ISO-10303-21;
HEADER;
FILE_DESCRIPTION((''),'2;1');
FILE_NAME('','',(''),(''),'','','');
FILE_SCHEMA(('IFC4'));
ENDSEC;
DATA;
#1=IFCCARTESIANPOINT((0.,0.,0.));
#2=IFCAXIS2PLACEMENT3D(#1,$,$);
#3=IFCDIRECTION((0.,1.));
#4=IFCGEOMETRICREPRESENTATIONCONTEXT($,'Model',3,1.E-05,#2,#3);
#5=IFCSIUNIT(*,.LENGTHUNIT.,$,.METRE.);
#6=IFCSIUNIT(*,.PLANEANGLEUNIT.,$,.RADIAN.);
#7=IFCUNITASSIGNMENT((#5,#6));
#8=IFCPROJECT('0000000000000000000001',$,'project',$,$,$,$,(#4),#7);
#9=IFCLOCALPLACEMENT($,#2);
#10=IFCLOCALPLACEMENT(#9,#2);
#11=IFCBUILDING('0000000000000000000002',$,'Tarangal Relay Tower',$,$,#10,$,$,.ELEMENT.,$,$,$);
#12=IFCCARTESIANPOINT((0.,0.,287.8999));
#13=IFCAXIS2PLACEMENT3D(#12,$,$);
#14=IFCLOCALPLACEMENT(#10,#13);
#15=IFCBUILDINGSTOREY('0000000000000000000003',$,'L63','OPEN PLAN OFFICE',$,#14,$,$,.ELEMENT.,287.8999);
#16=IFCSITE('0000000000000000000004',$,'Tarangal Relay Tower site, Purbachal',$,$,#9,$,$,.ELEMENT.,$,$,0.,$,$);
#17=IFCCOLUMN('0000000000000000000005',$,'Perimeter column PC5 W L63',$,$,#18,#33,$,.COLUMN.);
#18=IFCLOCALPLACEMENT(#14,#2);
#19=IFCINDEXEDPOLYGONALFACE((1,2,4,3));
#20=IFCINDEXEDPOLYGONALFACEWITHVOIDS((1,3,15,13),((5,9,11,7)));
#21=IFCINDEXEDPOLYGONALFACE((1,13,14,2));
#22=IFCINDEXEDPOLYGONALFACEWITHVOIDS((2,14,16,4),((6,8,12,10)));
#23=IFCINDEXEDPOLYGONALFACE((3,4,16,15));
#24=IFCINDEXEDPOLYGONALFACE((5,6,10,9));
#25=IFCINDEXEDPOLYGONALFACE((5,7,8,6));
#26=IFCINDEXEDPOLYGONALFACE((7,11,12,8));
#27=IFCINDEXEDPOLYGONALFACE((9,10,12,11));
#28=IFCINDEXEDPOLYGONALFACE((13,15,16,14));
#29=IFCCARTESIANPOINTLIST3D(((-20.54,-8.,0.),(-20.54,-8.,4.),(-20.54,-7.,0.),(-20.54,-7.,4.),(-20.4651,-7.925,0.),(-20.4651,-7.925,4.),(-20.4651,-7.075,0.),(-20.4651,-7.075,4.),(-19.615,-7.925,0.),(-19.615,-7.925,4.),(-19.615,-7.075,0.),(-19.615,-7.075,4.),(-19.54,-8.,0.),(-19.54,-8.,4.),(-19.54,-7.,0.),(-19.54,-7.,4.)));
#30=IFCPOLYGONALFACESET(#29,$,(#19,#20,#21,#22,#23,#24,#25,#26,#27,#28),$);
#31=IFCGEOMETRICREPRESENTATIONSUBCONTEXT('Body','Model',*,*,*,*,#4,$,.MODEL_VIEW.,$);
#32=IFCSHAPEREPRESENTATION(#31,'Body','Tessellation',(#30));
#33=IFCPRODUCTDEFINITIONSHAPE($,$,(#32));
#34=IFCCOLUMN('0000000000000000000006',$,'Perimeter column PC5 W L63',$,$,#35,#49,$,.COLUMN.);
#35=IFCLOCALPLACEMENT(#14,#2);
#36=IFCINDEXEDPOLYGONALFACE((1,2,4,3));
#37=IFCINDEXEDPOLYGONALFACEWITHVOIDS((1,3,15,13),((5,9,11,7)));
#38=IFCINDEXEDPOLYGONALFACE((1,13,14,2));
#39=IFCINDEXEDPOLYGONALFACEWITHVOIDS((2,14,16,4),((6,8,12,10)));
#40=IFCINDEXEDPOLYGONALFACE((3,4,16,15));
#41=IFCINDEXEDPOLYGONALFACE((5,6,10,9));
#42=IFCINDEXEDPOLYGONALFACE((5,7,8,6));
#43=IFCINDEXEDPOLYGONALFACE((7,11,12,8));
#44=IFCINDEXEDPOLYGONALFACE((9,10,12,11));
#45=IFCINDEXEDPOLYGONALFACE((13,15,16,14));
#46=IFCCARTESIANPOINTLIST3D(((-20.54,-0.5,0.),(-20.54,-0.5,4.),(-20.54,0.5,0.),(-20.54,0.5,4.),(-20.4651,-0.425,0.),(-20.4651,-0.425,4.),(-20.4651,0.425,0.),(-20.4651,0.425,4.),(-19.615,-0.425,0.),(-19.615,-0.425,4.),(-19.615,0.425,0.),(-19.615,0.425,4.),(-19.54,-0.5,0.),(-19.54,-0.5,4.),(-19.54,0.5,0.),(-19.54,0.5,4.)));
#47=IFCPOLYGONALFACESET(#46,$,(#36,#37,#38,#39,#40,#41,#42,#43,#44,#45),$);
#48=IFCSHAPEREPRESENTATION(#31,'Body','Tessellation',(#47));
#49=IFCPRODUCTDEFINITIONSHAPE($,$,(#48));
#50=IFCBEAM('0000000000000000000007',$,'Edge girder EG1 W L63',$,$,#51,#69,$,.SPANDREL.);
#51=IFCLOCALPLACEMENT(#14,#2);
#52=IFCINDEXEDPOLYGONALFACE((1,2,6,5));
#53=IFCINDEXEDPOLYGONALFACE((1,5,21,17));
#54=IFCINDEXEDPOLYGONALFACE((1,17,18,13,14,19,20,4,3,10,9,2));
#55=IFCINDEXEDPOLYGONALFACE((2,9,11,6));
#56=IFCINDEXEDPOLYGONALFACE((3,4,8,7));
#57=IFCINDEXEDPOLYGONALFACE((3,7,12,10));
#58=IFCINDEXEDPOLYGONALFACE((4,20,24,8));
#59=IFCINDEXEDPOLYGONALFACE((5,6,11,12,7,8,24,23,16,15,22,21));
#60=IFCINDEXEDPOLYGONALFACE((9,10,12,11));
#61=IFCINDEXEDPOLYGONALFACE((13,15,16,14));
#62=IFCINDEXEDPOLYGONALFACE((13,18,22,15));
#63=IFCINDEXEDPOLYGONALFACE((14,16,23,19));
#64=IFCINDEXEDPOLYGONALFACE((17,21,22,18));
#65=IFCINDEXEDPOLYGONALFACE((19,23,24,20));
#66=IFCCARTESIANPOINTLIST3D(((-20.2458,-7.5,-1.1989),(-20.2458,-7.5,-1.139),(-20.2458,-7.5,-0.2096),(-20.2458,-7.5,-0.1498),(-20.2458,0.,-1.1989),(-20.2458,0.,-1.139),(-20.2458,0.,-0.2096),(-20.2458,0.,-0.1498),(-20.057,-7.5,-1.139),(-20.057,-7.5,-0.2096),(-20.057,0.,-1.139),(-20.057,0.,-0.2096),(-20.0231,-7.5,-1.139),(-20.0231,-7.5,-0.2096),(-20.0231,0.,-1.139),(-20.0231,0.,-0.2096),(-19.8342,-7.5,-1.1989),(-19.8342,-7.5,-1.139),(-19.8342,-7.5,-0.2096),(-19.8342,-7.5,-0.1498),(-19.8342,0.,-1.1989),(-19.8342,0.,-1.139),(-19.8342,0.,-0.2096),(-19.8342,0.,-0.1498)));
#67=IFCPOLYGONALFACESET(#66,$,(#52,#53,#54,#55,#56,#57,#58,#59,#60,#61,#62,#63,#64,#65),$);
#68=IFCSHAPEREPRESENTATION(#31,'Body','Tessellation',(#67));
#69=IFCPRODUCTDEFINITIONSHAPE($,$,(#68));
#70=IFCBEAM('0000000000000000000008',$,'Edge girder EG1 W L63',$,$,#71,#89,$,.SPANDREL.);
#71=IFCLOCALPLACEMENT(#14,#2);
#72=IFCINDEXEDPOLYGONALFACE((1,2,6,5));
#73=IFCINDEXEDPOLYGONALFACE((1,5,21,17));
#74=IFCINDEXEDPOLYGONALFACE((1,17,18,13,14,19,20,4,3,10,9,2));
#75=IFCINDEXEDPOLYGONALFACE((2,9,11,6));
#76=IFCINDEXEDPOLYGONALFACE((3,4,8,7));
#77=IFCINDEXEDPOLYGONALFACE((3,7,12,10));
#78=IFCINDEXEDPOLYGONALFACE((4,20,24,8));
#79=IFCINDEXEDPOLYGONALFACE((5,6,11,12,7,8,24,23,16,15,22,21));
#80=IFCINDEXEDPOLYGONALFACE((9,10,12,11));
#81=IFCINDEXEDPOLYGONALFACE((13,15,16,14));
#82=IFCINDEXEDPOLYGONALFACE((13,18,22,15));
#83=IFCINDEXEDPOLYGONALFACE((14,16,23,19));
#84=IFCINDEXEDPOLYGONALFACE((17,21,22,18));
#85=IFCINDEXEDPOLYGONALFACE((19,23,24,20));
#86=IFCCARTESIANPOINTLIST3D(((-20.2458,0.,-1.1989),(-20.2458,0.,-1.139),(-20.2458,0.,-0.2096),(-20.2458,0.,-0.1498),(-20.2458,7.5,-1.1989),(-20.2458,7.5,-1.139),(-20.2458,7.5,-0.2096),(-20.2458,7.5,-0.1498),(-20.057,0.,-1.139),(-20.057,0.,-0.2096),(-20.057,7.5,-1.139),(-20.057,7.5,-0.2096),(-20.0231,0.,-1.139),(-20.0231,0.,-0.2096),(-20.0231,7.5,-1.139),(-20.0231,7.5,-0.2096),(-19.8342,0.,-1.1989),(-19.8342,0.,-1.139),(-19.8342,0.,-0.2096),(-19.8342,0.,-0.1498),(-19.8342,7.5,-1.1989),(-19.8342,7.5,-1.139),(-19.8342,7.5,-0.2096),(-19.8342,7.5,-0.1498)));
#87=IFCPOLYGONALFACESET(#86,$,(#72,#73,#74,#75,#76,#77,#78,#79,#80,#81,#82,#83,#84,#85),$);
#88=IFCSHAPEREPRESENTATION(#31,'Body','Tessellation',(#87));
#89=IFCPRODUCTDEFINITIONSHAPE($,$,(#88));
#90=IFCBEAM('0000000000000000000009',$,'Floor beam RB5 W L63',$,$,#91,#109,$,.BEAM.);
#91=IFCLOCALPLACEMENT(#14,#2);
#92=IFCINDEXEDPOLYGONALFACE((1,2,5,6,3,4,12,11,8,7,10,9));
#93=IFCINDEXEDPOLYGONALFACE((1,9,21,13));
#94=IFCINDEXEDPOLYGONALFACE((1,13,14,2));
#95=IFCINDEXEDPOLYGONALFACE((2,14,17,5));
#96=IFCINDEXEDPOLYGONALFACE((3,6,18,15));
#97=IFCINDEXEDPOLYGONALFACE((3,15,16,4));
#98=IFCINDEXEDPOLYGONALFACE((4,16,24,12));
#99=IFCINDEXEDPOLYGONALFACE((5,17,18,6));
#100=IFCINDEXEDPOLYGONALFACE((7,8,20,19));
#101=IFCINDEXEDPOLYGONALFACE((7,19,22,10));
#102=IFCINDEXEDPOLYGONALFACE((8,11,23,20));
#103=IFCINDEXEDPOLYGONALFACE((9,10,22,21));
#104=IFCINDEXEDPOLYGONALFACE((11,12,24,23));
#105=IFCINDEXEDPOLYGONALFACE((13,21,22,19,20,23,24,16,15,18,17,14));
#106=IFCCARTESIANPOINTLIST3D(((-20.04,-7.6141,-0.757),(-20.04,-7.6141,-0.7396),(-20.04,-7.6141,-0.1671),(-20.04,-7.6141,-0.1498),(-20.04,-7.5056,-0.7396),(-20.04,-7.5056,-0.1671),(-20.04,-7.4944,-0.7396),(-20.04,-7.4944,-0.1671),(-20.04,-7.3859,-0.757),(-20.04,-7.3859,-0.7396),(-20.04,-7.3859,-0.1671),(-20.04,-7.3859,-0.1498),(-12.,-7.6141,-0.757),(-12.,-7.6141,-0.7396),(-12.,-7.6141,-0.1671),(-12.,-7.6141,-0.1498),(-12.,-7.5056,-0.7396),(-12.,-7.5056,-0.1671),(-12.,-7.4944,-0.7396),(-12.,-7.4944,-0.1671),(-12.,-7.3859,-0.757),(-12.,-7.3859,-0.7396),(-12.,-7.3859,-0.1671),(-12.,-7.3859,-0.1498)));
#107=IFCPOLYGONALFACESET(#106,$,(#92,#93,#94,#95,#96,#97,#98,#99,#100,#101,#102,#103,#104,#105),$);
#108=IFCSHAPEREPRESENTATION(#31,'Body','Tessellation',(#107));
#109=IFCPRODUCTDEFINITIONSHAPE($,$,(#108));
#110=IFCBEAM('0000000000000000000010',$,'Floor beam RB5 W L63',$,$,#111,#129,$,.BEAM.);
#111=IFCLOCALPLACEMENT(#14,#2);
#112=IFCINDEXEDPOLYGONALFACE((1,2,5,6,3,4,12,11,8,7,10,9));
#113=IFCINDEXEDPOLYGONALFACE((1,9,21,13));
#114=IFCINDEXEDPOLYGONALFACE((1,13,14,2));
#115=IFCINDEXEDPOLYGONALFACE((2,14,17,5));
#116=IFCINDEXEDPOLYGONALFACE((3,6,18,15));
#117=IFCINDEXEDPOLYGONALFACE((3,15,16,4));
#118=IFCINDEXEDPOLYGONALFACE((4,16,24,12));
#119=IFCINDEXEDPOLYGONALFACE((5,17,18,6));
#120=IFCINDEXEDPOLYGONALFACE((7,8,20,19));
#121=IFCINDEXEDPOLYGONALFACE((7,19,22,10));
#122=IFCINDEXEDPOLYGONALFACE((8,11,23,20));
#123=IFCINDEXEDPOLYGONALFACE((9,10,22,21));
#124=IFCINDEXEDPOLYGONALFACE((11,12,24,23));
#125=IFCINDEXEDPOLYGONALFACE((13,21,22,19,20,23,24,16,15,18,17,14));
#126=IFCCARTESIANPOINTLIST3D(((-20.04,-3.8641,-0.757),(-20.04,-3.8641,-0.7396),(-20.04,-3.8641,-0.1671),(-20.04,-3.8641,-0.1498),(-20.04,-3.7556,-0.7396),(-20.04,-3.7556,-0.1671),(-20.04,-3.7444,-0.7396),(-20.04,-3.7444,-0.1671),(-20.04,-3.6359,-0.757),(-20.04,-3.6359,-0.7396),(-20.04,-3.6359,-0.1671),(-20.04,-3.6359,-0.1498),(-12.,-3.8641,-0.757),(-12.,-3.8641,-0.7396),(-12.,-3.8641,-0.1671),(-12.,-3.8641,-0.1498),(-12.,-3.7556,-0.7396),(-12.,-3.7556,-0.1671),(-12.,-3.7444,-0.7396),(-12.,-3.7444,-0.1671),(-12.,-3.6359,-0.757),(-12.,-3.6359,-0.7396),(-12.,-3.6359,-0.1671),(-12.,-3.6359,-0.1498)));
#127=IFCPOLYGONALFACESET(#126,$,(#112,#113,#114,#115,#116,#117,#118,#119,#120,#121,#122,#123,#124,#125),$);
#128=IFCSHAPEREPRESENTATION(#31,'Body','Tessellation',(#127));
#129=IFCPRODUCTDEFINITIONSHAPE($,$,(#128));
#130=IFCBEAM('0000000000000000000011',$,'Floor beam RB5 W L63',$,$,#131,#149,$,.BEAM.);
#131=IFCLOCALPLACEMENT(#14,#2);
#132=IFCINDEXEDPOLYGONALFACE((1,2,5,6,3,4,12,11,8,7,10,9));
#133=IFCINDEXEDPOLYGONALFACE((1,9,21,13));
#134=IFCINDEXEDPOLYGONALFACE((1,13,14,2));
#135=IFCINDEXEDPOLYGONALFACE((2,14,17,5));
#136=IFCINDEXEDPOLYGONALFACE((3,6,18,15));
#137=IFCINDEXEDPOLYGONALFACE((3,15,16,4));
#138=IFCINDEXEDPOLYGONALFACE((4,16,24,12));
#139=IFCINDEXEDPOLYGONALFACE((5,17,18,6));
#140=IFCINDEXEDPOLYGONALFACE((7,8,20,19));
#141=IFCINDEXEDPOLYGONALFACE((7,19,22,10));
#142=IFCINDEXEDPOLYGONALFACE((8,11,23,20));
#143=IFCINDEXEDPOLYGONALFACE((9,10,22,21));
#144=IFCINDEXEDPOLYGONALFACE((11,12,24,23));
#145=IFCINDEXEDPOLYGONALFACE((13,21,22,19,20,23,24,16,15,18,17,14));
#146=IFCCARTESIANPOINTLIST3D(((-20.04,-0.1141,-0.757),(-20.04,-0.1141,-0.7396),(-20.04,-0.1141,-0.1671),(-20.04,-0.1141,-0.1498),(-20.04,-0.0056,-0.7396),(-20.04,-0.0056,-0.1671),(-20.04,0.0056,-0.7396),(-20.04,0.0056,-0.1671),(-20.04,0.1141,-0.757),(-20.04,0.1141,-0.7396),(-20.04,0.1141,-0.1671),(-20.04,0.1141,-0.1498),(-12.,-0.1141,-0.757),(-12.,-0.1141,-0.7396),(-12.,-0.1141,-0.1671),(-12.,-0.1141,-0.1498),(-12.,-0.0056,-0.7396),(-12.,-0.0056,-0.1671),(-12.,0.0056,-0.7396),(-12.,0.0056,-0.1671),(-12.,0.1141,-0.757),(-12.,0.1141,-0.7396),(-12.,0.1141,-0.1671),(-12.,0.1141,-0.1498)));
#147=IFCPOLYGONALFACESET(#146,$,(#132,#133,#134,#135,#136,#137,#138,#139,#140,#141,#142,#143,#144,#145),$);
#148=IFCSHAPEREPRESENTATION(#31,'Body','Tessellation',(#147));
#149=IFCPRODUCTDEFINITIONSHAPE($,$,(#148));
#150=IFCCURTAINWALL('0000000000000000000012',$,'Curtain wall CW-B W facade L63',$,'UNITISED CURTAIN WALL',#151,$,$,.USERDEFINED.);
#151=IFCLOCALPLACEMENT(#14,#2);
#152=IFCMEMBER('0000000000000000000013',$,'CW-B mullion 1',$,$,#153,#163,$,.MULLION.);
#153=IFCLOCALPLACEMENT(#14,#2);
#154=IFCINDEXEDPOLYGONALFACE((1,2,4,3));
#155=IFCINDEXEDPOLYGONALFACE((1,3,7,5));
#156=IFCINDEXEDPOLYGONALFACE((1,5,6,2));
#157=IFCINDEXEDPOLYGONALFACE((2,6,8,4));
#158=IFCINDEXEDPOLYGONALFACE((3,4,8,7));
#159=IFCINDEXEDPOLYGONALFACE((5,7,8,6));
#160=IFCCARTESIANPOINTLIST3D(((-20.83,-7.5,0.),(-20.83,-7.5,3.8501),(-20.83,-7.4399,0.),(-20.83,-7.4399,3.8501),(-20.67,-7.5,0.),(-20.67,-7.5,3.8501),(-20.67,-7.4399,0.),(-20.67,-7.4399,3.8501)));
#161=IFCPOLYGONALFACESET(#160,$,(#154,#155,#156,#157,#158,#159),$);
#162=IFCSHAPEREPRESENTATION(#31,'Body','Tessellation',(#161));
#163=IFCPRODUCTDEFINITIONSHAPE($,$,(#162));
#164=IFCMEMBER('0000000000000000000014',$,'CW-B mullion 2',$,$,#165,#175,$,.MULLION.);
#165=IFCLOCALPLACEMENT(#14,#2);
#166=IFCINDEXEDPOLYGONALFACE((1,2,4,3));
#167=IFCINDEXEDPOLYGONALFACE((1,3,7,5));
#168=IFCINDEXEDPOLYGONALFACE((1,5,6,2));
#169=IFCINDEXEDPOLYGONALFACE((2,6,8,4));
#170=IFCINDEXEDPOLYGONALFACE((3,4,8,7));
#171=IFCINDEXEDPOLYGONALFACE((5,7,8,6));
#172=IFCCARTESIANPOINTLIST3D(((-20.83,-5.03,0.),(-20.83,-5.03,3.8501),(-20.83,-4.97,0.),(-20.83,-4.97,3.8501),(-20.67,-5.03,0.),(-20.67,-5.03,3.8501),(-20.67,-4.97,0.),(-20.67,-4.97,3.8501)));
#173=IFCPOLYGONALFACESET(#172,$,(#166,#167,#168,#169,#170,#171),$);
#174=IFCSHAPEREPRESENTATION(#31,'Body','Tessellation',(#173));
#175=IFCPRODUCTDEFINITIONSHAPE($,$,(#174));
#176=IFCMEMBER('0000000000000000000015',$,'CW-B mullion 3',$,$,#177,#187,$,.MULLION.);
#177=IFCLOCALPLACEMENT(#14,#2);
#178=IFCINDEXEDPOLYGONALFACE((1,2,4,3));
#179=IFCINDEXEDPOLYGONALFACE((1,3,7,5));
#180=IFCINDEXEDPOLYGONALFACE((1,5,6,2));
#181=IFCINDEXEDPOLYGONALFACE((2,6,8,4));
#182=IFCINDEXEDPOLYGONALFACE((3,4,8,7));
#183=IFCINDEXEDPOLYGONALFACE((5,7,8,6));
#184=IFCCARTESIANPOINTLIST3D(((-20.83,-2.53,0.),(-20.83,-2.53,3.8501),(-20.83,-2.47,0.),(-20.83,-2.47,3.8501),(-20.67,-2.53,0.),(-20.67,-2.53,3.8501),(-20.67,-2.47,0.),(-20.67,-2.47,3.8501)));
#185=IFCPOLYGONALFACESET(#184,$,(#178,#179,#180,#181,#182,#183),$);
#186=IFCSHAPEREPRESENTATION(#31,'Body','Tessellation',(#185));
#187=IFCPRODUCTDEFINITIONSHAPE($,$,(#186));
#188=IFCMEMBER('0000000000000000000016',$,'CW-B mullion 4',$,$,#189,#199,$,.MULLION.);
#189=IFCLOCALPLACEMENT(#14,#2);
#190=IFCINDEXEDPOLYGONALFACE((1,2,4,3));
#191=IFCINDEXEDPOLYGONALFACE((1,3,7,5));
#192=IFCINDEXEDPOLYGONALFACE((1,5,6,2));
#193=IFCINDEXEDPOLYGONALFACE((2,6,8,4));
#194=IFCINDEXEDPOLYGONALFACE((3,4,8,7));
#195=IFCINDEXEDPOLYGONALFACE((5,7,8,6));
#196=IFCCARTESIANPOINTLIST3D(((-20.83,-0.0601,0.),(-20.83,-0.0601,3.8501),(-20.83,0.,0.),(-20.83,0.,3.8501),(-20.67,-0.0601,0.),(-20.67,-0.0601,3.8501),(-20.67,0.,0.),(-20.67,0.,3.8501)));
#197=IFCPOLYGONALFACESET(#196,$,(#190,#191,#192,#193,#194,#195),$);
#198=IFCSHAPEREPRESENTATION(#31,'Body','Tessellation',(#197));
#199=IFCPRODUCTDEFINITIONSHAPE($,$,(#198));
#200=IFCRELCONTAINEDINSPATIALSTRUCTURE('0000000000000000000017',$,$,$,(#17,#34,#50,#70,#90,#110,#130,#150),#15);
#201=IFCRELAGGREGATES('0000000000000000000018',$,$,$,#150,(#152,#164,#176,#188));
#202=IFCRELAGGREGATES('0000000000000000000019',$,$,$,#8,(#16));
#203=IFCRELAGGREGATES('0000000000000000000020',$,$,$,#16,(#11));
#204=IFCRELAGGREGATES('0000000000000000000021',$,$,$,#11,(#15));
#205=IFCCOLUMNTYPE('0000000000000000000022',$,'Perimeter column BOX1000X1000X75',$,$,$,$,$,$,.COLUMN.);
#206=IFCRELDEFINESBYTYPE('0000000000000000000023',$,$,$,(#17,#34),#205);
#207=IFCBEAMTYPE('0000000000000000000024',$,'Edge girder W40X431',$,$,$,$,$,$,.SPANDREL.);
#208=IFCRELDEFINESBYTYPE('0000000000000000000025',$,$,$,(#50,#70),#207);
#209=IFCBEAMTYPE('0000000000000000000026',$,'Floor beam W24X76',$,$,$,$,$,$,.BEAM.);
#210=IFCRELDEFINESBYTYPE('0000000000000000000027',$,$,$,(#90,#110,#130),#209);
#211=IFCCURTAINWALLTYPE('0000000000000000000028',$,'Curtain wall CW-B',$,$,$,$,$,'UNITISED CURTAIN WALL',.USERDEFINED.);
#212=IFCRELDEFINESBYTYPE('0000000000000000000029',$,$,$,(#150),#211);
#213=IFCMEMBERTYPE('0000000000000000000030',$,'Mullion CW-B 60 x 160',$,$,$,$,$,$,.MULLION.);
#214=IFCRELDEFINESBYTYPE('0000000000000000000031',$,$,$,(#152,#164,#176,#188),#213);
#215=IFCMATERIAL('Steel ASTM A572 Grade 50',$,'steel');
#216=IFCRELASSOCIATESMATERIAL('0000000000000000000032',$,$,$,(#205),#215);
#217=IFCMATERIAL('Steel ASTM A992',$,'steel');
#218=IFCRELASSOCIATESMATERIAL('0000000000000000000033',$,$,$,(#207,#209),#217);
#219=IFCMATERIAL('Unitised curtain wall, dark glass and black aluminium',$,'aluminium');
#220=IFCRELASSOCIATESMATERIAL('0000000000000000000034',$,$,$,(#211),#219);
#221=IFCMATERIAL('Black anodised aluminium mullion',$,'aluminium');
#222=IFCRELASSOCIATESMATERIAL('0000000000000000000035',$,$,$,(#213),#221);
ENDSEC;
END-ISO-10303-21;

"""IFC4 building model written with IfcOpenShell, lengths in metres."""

from ifc_helpers import new_model, si_unit, direction, frame, origin, origin_2d, place, context, subcontext, project, spatial, rectangle, hollow_rectangle, i_section, extrude, material, material_profile, profile_set, type_object, element, aggregate, save


model = new_model("IFC4")

# Units and contexts
model_context = context("Model", 3, precision=1e-05, world=origin(), true_north=direction((0.0, 1.0)))
body_context = subcontext(model_context, "Body", "Model", "MODEL_VIEW")
ifc_project = project(units=[si_unit("LENGTHUNIT", "METRE"), si_unit("PLANEANGLEUNIT", "RADIAN")], contexts=[model_context])

# Site, building, storey
site_placement = place(None, origin())
site = spatial("IfcSite", under=ifc_project, at=site_placement, Name="Tarangal Relay Tower site, Purbachal", CompositionType="ELEMENT", RefElevation=0.0)
building_placement = place(site_placement, origin())
building = spatial("IfcBuilding", under=site, at=building_placement, Name="Tarangal Relay Tower", CompositionType="ELEMENT")
storey_placement = place(building_placement, frame((0.0, 0.0, 287.8999)))
storey = spatial("IfcBuildingStorey", under=building, at=storey_placement, Name="L63", Description="OPEN PLAN OFFICE", CompositionType="ELEMENT", Elevation=287.8999)

# Columns
ifc_material_1 = material(Name="Steel ASTM A572 Grade 50", Category="steel")
ifc_material_profile_1 = material_profile(ifc_material_1, hollow_rectangle(XDim=1.0, YDim=1.0, WallThickness=0.075, at=origin_2d()), Name="BOX1000X1000X75")
ifc_profile_set_1 = profile_set([ifc_material_profile_1], Name="Steel ASTM A572 Grade 50")
column_type = type_object("IfcColumnType", Name="Perimeter column BOX1000X1000X75", PredefinedType="COLUMN", material=ifc_profile_set_1)
for number, where, z_axis, x_axis, name in (
    (1, (-20.04, -7.5, 0.0), (0.0, 0.0, 1.0), (1.0, 0.0, 0.0), "Perimeter column PC5 W L63"),
    (2, (-20.04, 0.0, 0.0), (0.0, 0.0, 1.0), (1.0, 0.0, 0.0), "Perimeter column PC5 W L63"),
):
    element("IfcColumn", number, at=place(storey_placement, frame(where, z_axis=z_axis, x_axis=x_axis)), inside=storey, type_object=column_type, Name=name, PredefinedType="COLUMN", context=body_context, shape_type="SweptSolid", body=[
        extrude(hollow_rectangle(XDim=1.0, YDim=1.0, WallThickness=0.075, at=origin_2d()), origin(), (0.0, 0.0, 1.0), 4.0),
    ])

# Beams
ifc_material_2 = material(Name="Steel ASTM A992", Category="steel")
ifc_material_profile_2 = material_profile(ifc_material_2, i_section(OverallWidth=0.4116, OverallDepth=1.0491, WebThickness=0.0339, FlangeThickness=0.0598, at=origin_2d()), Name="W40X431")
ifc_profile_set_2 = profile_set([ifc_material_profile_2], Name="Steel ASTM A992")
beam_type_1 = type_object("IfcBeamType", Name="Edge girder W40X431", PredefinedType="SPANDREL", material=ifc_profile_set_2)
for number, where, z_axis, x_axis, name in (
    (3, (-20.04, -7.5, -0.6743), (0.0, 1.0, 0.0), (-1.0, 0.0, 0.0), "Edge girder EG1 W L63"),
    (4, (-20.04, 0.0, -0.6743), (0.0, 1.0, 0.0), (-1.0, 0.0, 0.0), "Edge girder EG1 W L63"),
):
    element("IfcBeam", number, at=place(storey_placement, frame(where, z_axis=z_axis, x_axis=x_axis)), inside=storey, type_object=beam_type_1, Name=name, PredefinedType="SPANDREL", context=body_context, shape_type="SweptSolid", body=[
        extrude(i_section(OverallWidth=0.4116, OverallDepth=1.0491, WebThickness=0.0339, FlangeThickness=0.0598, at=origin_2d()), origin(), (0.0, 0.0, 1.0), 7.5),
    ])
ifc_material_profile_3 = material_profile(ifc_material_2, i_section(OverallWidth=0.2283, OverallDepth=0.6072, WebThickness=0.0112, FlangeThickness=0.0173, at=origin_2d()), Name="W24X76")
ifc_profile_set_3 = profile_set([ifc_material_profile_3], Name="Steel ASTM A992")
beam_type_2 = type_object("IfcBeamType", Name="Floor beam W24X76", PredefinedType="BEAM", material=ifc_profile_set_3)
for number, where, z_axis, x_axis, name in (
    (5, (-12.0, -7.5, -0.4534), (-1.0, 0.0, 0.0), (0.0, -1.0, 0.0), "Floor beam RB5 W L63"),
    (6, (-12.0, -3.75, -0.4534), (-1.0, 0.0, 0.0), (0.0, -1.0, 0.0), "Floor beam RB5 W L63"),
    (7, (-12.0, 0.0, -0.4534), (-1.0, 0.0, 0.0), (0.0, -1.0, 0.0), "Floor beam RB5 W L63"),
):
    element("IfcBeam", number, at=place(storey_placement, frame(where, z_axis=z_axis, x_axis=x_axis)), inside=storey, type_object=beam_type_2, Name=name, PredefinedType="BEAM", context=body_context, shape_type="SweptSolid", body=[
        extrude(i_section(OverallWidth=0.2283, OverallDepth=0.6072, WebThickness=0.0112, FlangeThickness=0.0173, at=origin_2d()), origin(), (0.0, 0.0, 1.0), 8.04),
    ])

# Curtain wall, members
ifc_material_3 = material(Name="Unitised curtain wall, dark glass and black aluminium", Category="aluminium")
curtain_wall_type_1 = type_object("IfcCurtainWallType", Name="Curtain wall CW-B", ElementType="UNITISED CURTAIN WALL", PredefinedType="USERDEFINED", material=ifc_material_3)
curtain_wall_1_placement = place(storey_placement, origin())
curtain_wall_1 = element("IfcCurtainWall", 8, at=curtain_wall_1_placement, inside=storey, type_object=curtain_wall_type_1, Name="Curtain wall CW-B W facade L63", ObjectType="UNITISED CURTAIN WALL", PredefinedType="USERDEFINED")
ifc_material_4 = material(Name="Black anodised aluminium mullion", Category="aluminium")
ifc_material_profile_4 = material_profile(ifc_material_4, rectangle(XDim=0.1599, YDim=0.0601, at=origin_2d()), Name="CW-BM 60X160")
ifc_profile_set_4 = profile_set([ifc_material_profile_4], Name="Black anodised aluminium mullion")
member_type_1 = type_object("IfcMemberType", Name="Mullion CW-B 60 x 160", PredefinedType="MULLION", material=ifc_profile_set_4)
member_1_placement = place(storey_placement, frame((-20.75, -7.47, 0.0), z_axis=(0.0, 0.0, 1.0), x_axis=(-1.0, 0.0, 0.0)))
member_1 = element("IfcMember", 9, at=member_1_placement, type_object=member_type_1, Name="CW-B mullion 1", PredefinedType="MULLION", context=body_context, shape_type="SweptSolid", body=[
    extrude(rectangle(XDim=0.1599, YDim=0.0601, at=origin_2d()), origin(), (0.0, 0.0, 1.0), 3.8501),
])
member_2_placement = place(storey_placement, frame((-20.75, -5.0, 0.0), z_axis=(0.0, 0.0, 1.0), x_axis=(-1.0, 0.0, 0.0)))
member_2 = element("IfcMember", 10, at=member_2_placement, type_object=member_type_1, Name="CW-B mullion 2", PredefinedType="MULLION", context=body_context, shape_type="SweptSolid", body=[
    extrude(rectangle(XDim=0.1599, YDim=0.0601, at=origin_2d()), origin(), (0.0, 0.0, 1.0), 3.8501),
])
member_3_placement = place(storey_placement, frame((-20.75, -2.5, 0.0), z_axis=(0.0, 0.0, 1.0), x_axis=(-1.0, 0.0, 0.0)))
member_3 = element("IfcMember", 11, at=member_3_placement, type_object=member_type_1, Name="CW-B mullion 3", PredefinedType="MULLION", context=body_context, shape_type="SweptSolid", body=[
    extrude(rectangle(XDim=0.1599, YDim=0.0601, at=origin_2d()), origin(), (0.0, 0.0, 1.0), 3.8501),
])
member_4_placement = place(storey_placement, frame((-20.75, -0.03, 0.0), z_axis=(0.0, 0.0, 1.0), x_axis=(-1.0, 0.0, 0.0)))
member_4 = element("IfcMember", 12, at=member_4_placement, type_object=member_type_1, Name="CW-B mullion 4", PredefinedType="MULLION", context=body_context, shape_type="SweptSolid", body=[
    extrude(rectangle(XDim=0.1599, YDim=0.0601, at=origin_2d()), origin(), (0.0, 0.0, 1.0), 3.8501),
])

aggregate(curtain_wall_1, [member_1, member_2, member_3, member_4])

save(model, "model.ifc")
